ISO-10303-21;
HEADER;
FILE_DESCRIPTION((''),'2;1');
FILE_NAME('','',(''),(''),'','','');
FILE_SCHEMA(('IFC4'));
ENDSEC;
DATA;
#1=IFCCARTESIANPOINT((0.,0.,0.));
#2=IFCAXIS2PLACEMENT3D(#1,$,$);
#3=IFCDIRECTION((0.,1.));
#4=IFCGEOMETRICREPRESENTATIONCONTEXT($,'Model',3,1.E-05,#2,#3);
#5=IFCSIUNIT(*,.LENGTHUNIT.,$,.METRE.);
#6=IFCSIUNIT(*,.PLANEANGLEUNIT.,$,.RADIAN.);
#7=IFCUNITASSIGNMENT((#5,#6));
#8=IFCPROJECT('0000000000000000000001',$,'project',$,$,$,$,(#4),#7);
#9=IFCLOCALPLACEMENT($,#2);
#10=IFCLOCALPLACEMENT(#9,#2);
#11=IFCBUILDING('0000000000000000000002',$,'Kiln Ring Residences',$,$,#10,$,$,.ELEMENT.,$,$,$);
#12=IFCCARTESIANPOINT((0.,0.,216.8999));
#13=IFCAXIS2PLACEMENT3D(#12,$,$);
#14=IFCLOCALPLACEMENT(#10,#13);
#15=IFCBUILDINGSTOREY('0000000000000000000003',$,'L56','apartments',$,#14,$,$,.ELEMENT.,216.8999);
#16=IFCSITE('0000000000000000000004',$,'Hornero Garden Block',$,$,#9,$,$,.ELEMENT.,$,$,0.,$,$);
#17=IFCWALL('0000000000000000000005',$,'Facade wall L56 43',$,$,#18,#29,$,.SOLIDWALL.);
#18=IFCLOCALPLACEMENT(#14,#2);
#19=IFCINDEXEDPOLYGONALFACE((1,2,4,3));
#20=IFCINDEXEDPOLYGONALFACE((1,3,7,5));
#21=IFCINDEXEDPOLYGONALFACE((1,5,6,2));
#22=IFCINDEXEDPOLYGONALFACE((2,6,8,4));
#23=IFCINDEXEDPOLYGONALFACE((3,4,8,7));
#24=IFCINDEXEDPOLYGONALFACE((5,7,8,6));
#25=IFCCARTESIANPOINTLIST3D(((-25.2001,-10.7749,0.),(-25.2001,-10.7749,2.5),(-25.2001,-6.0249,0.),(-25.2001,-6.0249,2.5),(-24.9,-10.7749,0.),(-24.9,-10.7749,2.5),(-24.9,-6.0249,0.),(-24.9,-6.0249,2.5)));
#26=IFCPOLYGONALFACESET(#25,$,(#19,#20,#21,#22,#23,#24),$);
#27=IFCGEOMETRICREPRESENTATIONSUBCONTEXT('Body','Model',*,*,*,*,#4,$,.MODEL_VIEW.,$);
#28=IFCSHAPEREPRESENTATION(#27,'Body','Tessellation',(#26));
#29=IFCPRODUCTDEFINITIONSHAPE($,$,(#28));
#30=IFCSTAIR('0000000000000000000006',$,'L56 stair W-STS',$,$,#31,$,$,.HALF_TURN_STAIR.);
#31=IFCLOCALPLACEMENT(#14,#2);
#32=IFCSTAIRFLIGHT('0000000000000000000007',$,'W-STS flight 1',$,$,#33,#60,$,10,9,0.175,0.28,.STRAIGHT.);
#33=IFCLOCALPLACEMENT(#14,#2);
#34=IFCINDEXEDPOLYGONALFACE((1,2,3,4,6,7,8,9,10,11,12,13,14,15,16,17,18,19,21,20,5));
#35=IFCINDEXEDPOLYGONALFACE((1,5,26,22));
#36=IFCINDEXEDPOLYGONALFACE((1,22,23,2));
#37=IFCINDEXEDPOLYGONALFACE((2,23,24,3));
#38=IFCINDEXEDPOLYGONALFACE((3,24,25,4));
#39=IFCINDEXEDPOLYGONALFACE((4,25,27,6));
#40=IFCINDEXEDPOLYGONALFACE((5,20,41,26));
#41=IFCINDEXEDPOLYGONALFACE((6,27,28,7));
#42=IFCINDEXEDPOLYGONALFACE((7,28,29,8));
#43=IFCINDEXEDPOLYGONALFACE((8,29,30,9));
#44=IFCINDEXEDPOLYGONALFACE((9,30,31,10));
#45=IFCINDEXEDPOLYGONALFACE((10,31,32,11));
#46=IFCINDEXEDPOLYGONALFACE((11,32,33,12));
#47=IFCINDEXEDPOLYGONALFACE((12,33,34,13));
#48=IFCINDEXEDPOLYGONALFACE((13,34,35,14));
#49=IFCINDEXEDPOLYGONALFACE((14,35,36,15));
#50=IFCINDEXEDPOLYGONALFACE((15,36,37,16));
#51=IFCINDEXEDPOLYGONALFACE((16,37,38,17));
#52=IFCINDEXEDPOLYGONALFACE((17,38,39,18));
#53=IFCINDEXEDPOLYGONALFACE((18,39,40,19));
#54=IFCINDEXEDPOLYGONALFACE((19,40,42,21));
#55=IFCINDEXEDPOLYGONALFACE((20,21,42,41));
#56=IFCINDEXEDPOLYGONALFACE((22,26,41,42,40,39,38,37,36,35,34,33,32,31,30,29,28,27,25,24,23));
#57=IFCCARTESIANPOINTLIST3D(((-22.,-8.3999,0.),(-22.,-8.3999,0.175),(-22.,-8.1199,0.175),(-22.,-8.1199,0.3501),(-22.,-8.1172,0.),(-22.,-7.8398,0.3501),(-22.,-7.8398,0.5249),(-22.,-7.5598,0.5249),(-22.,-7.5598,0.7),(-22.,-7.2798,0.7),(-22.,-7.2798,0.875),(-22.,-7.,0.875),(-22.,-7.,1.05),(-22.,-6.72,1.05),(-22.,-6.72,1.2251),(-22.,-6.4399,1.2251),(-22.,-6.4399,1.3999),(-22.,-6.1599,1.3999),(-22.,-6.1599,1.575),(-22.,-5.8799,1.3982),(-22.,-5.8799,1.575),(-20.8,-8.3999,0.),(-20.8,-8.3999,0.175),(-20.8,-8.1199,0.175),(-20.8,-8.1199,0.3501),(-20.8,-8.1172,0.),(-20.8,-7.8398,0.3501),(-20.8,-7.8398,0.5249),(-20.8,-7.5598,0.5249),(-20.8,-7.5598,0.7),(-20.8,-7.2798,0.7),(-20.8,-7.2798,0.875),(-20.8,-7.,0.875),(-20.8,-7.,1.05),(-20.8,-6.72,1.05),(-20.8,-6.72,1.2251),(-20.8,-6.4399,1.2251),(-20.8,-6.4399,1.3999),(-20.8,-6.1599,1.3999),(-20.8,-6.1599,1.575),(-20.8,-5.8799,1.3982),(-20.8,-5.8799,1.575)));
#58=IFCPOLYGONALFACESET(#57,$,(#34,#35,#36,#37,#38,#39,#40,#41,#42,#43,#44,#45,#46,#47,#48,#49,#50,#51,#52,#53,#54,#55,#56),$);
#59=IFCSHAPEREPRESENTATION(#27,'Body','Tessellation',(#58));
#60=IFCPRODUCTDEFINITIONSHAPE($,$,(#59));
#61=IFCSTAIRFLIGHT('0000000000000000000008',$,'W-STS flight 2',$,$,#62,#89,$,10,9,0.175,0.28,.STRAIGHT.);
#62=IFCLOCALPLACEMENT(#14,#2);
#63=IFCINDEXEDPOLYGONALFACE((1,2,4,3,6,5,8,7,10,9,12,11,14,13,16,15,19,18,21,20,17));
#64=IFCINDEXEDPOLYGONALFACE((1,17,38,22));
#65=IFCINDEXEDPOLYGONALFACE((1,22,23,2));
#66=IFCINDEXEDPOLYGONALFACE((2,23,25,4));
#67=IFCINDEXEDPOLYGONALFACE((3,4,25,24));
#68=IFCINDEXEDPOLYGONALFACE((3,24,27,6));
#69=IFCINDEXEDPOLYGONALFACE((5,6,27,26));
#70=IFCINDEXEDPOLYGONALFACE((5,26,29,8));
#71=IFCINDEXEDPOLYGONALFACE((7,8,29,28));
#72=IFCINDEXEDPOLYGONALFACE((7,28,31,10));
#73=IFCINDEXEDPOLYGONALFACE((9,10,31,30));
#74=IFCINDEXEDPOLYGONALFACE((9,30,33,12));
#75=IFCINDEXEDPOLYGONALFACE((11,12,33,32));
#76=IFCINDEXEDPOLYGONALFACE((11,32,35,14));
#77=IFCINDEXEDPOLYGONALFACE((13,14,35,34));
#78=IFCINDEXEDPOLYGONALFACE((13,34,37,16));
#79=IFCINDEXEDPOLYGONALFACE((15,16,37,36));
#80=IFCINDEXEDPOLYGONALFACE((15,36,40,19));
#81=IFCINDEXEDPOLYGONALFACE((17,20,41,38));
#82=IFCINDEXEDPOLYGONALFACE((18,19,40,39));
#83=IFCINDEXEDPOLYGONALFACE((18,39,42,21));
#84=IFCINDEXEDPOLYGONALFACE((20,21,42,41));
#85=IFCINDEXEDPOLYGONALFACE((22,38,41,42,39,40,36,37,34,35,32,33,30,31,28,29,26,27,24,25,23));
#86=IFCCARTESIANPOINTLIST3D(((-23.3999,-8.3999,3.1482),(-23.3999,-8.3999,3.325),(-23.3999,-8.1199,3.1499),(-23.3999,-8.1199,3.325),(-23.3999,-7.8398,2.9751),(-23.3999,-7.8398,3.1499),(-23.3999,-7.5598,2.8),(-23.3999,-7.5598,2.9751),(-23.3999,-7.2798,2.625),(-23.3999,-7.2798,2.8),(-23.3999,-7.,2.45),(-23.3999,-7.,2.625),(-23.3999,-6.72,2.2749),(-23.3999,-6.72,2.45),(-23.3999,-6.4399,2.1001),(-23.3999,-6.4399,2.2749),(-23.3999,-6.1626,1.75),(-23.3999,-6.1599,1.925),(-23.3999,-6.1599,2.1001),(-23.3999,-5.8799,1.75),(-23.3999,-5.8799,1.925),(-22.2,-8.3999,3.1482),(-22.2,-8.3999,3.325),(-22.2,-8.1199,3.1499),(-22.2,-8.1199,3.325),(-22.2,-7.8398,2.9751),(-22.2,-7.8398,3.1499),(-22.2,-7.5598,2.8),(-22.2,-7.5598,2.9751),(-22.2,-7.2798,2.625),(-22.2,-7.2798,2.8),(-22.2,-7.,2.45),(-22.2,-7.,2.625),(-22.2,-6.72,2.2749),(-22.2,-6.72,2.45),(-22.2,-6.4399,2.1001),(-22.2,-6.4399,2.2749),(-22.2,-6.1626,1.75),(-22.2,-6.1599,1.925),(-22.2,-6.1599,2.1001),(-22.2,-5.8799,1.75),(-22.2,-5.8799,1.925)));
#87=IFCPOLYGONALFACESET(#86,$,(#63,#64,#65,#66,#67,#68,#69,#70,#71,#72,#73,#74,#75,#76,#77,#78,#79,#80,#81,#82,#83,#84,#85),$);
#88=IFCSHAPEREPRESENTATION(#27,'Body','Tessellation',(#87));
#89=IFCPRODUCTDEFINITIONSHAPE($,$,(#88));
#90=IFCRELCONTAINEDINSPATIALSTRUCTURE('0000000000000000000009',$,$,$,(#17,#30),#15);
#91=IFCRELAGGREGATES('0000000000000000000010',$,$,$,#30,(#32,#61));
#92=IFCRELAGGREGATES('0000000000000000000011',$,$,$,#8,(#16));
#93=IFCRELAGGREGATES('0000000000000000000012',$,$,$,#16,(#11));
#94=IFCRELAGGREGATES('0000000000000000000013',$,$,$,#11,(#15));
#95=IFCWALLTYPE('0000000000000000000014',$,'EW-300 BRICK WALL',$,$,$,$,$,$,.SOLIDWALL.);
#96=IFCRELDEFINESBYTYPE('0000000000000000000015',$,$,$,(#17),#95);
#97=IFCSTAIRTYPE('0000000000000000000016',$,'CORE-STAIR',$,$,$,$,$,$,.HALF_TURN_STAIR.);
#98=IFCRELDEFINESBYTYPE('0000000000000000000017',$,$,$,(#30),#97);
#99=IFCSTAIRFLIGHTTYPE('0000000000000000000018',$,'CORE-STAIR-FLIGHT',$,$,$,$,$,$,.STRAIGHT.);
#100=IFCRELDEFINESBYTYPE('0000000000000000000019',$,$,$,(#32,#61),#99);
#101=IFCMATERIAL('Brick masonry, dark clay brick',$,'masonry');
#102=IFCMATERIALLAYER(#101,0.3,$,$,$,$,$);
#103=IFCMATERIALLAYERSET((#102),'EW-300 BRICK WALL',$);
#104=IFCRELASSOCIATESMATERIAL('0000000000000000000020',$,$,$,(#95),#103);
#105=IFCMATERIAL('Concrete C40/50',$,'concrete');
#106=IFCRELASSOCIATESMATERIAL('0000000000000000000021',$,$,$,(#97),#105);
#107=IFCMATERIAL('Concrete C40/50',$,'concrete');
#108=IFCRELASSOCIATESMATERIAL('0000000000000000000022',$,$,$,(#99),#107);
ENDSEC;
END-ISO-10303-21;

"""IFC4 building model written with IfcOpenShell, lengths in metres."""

from ifc_helpers import new_model, si_unit, direction, frame, frame_2d, origin, place, context, subcontext, project, spatial, polyline, rectangle, outline, extrude, material, layer, layer_set, type_object, element, aggregate, save


model = new_model("IFC4")

# Units and contexts
model_context = context("Model", 3, precision=1e-05, world=origin(), true_north=direction((0.0, 1.0)))
body_context = subcontext(model_context, "Body", "Model", "MODEL_VIEW")
ifc_project = project(units=[si_unit("LENGTHUNIT", "METRE"), si_unit("PLANEANGLEUNIT", "RADIAN")], contexts=[model_context])

# Site, building, storey
site_placement = place(None, origin())
site = spatial("IfcSite", under=ifc_project, at=site_placement, Name="Hornero Garden Block", CompositionType="ELEMENT", RefElevation=0.0)
building_placement = place(site_placement, origin())
building = spatial("IfcBuilding", under=site, at=building_placement, Name="Kiln Ring Residences", CompositionType="ELEMENT")
storey_placement = place(building_placement, frame((0.0, 0.0, 216.8999)))
storey = spatial("IfcBuildingStorey", under=building, at=storey_placement, Name="L56", Description="apartments", CompositionType="ELEMENT", Elevation=216.8999)

# Wall
ifc_material_1 = material(Name="Brick masonry, dark clay brick", Category="masonry")
ifc_layer_1 = layer(ifc_material_1, 0.3)
ifc_layer_set_1 = layer_set([ifc_layer_1], Name="EW-300 BRICK WALL")
wall_type_1 = type_object("IfcWallType", Name="EW-300 BRICK WALL", PredefinedType="SOLIDWALL", material=ifc_layer_set_1)
for number, where, z_axis, x_axis, name in (
    (1, (-25.05, -6.0249, 0.0), (0.0, 0.0, 1.0), (0.0, -1.0, 0.0), "Facade wall L56 43"),
):
    element("IfcWall", number, at=place(storey_placement, frame(where, z_axis=z_axis, x_axis=x_axis)), inside=storey, type_object=wall_type_1, Name=name, PredefinedType="SOLIDWALL", context=body_context, shape_type="SweptSolid", body=[
        extrude(rectangle(XDim=4.75, YDim=0.3, at=frame_2d((2.375, 0.0))), origin(), (0.0, 0.0, 1.0), 2.5),
    ])

# Stair, stair flights
ifc_material_2 = material(Name="Concrete C40/50", Category="concrete")
stair_type = type_object("IfcStairType", Name="CORE-STAIR", PredefinedType="HALF_TURN_STAIR", material=ifc_material_2)
stair_placement = place(storey_placement, origin())
stair = element("IfcStair", 2, at=stair_placement, inside=storey, type_object=stair_type, Name="L56 stair W-STS", PredefinedType="HALF_TURN_STAIR")
ifc_material_3 = material(Name="Concrete C40/50", Category="concrete")
stair_flight_type = type_object("IfcStairFlightType", Name="CORE-STAIR-FLIGHT", PredefinedType="STRAIGHT", material=ifc_material_3)
stair_flight_1_placement = place(storey_placement, frame((-21.3999, -8.3999, 0.0), z_axis=(0.0, 0.0, 1.0), x_axis=(0.0, 1.0, 0.0)))
stair_flight_1 = element("IfcStairFlight", 3, at=stair_flight_1_placement, type_object=stair_flight_type, Name="W-STS flight 1", NumberOfRisers=10, NumberOfTreads=9, PredefinedType="STRAIGHT", RiserHeight=0.175, TreadLength=0.28, context=body_context, shape_type="SweptSolid", body=[
    extrude(outline(polyline([(0.0, 0.0), (0.0, 0.175), (0.28, 0.175), (0.28, 0.3501), (0.5601, 0.3501), (0.5601, 0.5249), (0.8401, 0.5249), (0.8401, 0.7), (1.1201, 0.7), (1.1201, 0.875), (1.3999, 0.875), (1.3999, 1.05), (1.6799, 1.05), (1.6799, 1.2251), (1.96, 1.2251), (1.96, 1.3999), (2.24, 1.3999), (2.24, 1.575), (2.52, 1.575), (2.52, 1.75), (2.52, 1.3982), (0.2827, 0.0), (0.0, 0.0)])), frame((0.0, 0.6001, 0.0), z_axis=(0.0, -1.0, 0.0), x_axis=(1.0, 0.0, 0.0)), (0.0, 0.0, 1.0), 1.2),
])
stair_flight_2_placement = place(storey_placement, frame((-22.8, -5.8799, 1.75), z_axis=(0.0, 0.0, 1.0), x_axis=(0.0, -1.0, 0.0)))
stair_flight_2 = element("IfcStairFlight", 4, at=stair_flight_2_placement, type_object=stair_flight_type, Name="W-STS flight 2", NumberOfRisers=10, NumberOfTreads=9, PredefinedType="STRAIGHT", RiserHeight=0.175, TreadLength=0.28, context=body_context, shape_type="SweptSolid", body=[
    extrude(outline(polyline([(0.0, 0.0), (0.0, 0.175), (0.28, 0.175), (0.28, 0.3501), (0.5601, 0.3501), (0.5601, 0.5249), (0.8401, 0.5249), (0.8401, 0.7), (1.1201, 0.7), (1.1201, 0.875), (1.3999, 0.875), (1.3999, 1.05), (1.6799, 1.05), (1.6799, 1.2251), (1.96, 1.2251), (1.96, 1.3999), (2.24, 1.3999), (2.24, 1.575), (2.52, 1.575), (2.52, 1.75), (2.52, 1.3982), (0.2827, 0.0), (0.0, 0.0)])), frame((0.0, 0.6001, 0.0), z_axis=(0.0, -1.0, 0.0), x_axis=(1.0, 0.0, 0.0)), (0.0, 0.0, 1.0), 1.2),
])
aggregate(stair, [stair_flight_1, stair_flight_2])

save(model, "model.ifc")
